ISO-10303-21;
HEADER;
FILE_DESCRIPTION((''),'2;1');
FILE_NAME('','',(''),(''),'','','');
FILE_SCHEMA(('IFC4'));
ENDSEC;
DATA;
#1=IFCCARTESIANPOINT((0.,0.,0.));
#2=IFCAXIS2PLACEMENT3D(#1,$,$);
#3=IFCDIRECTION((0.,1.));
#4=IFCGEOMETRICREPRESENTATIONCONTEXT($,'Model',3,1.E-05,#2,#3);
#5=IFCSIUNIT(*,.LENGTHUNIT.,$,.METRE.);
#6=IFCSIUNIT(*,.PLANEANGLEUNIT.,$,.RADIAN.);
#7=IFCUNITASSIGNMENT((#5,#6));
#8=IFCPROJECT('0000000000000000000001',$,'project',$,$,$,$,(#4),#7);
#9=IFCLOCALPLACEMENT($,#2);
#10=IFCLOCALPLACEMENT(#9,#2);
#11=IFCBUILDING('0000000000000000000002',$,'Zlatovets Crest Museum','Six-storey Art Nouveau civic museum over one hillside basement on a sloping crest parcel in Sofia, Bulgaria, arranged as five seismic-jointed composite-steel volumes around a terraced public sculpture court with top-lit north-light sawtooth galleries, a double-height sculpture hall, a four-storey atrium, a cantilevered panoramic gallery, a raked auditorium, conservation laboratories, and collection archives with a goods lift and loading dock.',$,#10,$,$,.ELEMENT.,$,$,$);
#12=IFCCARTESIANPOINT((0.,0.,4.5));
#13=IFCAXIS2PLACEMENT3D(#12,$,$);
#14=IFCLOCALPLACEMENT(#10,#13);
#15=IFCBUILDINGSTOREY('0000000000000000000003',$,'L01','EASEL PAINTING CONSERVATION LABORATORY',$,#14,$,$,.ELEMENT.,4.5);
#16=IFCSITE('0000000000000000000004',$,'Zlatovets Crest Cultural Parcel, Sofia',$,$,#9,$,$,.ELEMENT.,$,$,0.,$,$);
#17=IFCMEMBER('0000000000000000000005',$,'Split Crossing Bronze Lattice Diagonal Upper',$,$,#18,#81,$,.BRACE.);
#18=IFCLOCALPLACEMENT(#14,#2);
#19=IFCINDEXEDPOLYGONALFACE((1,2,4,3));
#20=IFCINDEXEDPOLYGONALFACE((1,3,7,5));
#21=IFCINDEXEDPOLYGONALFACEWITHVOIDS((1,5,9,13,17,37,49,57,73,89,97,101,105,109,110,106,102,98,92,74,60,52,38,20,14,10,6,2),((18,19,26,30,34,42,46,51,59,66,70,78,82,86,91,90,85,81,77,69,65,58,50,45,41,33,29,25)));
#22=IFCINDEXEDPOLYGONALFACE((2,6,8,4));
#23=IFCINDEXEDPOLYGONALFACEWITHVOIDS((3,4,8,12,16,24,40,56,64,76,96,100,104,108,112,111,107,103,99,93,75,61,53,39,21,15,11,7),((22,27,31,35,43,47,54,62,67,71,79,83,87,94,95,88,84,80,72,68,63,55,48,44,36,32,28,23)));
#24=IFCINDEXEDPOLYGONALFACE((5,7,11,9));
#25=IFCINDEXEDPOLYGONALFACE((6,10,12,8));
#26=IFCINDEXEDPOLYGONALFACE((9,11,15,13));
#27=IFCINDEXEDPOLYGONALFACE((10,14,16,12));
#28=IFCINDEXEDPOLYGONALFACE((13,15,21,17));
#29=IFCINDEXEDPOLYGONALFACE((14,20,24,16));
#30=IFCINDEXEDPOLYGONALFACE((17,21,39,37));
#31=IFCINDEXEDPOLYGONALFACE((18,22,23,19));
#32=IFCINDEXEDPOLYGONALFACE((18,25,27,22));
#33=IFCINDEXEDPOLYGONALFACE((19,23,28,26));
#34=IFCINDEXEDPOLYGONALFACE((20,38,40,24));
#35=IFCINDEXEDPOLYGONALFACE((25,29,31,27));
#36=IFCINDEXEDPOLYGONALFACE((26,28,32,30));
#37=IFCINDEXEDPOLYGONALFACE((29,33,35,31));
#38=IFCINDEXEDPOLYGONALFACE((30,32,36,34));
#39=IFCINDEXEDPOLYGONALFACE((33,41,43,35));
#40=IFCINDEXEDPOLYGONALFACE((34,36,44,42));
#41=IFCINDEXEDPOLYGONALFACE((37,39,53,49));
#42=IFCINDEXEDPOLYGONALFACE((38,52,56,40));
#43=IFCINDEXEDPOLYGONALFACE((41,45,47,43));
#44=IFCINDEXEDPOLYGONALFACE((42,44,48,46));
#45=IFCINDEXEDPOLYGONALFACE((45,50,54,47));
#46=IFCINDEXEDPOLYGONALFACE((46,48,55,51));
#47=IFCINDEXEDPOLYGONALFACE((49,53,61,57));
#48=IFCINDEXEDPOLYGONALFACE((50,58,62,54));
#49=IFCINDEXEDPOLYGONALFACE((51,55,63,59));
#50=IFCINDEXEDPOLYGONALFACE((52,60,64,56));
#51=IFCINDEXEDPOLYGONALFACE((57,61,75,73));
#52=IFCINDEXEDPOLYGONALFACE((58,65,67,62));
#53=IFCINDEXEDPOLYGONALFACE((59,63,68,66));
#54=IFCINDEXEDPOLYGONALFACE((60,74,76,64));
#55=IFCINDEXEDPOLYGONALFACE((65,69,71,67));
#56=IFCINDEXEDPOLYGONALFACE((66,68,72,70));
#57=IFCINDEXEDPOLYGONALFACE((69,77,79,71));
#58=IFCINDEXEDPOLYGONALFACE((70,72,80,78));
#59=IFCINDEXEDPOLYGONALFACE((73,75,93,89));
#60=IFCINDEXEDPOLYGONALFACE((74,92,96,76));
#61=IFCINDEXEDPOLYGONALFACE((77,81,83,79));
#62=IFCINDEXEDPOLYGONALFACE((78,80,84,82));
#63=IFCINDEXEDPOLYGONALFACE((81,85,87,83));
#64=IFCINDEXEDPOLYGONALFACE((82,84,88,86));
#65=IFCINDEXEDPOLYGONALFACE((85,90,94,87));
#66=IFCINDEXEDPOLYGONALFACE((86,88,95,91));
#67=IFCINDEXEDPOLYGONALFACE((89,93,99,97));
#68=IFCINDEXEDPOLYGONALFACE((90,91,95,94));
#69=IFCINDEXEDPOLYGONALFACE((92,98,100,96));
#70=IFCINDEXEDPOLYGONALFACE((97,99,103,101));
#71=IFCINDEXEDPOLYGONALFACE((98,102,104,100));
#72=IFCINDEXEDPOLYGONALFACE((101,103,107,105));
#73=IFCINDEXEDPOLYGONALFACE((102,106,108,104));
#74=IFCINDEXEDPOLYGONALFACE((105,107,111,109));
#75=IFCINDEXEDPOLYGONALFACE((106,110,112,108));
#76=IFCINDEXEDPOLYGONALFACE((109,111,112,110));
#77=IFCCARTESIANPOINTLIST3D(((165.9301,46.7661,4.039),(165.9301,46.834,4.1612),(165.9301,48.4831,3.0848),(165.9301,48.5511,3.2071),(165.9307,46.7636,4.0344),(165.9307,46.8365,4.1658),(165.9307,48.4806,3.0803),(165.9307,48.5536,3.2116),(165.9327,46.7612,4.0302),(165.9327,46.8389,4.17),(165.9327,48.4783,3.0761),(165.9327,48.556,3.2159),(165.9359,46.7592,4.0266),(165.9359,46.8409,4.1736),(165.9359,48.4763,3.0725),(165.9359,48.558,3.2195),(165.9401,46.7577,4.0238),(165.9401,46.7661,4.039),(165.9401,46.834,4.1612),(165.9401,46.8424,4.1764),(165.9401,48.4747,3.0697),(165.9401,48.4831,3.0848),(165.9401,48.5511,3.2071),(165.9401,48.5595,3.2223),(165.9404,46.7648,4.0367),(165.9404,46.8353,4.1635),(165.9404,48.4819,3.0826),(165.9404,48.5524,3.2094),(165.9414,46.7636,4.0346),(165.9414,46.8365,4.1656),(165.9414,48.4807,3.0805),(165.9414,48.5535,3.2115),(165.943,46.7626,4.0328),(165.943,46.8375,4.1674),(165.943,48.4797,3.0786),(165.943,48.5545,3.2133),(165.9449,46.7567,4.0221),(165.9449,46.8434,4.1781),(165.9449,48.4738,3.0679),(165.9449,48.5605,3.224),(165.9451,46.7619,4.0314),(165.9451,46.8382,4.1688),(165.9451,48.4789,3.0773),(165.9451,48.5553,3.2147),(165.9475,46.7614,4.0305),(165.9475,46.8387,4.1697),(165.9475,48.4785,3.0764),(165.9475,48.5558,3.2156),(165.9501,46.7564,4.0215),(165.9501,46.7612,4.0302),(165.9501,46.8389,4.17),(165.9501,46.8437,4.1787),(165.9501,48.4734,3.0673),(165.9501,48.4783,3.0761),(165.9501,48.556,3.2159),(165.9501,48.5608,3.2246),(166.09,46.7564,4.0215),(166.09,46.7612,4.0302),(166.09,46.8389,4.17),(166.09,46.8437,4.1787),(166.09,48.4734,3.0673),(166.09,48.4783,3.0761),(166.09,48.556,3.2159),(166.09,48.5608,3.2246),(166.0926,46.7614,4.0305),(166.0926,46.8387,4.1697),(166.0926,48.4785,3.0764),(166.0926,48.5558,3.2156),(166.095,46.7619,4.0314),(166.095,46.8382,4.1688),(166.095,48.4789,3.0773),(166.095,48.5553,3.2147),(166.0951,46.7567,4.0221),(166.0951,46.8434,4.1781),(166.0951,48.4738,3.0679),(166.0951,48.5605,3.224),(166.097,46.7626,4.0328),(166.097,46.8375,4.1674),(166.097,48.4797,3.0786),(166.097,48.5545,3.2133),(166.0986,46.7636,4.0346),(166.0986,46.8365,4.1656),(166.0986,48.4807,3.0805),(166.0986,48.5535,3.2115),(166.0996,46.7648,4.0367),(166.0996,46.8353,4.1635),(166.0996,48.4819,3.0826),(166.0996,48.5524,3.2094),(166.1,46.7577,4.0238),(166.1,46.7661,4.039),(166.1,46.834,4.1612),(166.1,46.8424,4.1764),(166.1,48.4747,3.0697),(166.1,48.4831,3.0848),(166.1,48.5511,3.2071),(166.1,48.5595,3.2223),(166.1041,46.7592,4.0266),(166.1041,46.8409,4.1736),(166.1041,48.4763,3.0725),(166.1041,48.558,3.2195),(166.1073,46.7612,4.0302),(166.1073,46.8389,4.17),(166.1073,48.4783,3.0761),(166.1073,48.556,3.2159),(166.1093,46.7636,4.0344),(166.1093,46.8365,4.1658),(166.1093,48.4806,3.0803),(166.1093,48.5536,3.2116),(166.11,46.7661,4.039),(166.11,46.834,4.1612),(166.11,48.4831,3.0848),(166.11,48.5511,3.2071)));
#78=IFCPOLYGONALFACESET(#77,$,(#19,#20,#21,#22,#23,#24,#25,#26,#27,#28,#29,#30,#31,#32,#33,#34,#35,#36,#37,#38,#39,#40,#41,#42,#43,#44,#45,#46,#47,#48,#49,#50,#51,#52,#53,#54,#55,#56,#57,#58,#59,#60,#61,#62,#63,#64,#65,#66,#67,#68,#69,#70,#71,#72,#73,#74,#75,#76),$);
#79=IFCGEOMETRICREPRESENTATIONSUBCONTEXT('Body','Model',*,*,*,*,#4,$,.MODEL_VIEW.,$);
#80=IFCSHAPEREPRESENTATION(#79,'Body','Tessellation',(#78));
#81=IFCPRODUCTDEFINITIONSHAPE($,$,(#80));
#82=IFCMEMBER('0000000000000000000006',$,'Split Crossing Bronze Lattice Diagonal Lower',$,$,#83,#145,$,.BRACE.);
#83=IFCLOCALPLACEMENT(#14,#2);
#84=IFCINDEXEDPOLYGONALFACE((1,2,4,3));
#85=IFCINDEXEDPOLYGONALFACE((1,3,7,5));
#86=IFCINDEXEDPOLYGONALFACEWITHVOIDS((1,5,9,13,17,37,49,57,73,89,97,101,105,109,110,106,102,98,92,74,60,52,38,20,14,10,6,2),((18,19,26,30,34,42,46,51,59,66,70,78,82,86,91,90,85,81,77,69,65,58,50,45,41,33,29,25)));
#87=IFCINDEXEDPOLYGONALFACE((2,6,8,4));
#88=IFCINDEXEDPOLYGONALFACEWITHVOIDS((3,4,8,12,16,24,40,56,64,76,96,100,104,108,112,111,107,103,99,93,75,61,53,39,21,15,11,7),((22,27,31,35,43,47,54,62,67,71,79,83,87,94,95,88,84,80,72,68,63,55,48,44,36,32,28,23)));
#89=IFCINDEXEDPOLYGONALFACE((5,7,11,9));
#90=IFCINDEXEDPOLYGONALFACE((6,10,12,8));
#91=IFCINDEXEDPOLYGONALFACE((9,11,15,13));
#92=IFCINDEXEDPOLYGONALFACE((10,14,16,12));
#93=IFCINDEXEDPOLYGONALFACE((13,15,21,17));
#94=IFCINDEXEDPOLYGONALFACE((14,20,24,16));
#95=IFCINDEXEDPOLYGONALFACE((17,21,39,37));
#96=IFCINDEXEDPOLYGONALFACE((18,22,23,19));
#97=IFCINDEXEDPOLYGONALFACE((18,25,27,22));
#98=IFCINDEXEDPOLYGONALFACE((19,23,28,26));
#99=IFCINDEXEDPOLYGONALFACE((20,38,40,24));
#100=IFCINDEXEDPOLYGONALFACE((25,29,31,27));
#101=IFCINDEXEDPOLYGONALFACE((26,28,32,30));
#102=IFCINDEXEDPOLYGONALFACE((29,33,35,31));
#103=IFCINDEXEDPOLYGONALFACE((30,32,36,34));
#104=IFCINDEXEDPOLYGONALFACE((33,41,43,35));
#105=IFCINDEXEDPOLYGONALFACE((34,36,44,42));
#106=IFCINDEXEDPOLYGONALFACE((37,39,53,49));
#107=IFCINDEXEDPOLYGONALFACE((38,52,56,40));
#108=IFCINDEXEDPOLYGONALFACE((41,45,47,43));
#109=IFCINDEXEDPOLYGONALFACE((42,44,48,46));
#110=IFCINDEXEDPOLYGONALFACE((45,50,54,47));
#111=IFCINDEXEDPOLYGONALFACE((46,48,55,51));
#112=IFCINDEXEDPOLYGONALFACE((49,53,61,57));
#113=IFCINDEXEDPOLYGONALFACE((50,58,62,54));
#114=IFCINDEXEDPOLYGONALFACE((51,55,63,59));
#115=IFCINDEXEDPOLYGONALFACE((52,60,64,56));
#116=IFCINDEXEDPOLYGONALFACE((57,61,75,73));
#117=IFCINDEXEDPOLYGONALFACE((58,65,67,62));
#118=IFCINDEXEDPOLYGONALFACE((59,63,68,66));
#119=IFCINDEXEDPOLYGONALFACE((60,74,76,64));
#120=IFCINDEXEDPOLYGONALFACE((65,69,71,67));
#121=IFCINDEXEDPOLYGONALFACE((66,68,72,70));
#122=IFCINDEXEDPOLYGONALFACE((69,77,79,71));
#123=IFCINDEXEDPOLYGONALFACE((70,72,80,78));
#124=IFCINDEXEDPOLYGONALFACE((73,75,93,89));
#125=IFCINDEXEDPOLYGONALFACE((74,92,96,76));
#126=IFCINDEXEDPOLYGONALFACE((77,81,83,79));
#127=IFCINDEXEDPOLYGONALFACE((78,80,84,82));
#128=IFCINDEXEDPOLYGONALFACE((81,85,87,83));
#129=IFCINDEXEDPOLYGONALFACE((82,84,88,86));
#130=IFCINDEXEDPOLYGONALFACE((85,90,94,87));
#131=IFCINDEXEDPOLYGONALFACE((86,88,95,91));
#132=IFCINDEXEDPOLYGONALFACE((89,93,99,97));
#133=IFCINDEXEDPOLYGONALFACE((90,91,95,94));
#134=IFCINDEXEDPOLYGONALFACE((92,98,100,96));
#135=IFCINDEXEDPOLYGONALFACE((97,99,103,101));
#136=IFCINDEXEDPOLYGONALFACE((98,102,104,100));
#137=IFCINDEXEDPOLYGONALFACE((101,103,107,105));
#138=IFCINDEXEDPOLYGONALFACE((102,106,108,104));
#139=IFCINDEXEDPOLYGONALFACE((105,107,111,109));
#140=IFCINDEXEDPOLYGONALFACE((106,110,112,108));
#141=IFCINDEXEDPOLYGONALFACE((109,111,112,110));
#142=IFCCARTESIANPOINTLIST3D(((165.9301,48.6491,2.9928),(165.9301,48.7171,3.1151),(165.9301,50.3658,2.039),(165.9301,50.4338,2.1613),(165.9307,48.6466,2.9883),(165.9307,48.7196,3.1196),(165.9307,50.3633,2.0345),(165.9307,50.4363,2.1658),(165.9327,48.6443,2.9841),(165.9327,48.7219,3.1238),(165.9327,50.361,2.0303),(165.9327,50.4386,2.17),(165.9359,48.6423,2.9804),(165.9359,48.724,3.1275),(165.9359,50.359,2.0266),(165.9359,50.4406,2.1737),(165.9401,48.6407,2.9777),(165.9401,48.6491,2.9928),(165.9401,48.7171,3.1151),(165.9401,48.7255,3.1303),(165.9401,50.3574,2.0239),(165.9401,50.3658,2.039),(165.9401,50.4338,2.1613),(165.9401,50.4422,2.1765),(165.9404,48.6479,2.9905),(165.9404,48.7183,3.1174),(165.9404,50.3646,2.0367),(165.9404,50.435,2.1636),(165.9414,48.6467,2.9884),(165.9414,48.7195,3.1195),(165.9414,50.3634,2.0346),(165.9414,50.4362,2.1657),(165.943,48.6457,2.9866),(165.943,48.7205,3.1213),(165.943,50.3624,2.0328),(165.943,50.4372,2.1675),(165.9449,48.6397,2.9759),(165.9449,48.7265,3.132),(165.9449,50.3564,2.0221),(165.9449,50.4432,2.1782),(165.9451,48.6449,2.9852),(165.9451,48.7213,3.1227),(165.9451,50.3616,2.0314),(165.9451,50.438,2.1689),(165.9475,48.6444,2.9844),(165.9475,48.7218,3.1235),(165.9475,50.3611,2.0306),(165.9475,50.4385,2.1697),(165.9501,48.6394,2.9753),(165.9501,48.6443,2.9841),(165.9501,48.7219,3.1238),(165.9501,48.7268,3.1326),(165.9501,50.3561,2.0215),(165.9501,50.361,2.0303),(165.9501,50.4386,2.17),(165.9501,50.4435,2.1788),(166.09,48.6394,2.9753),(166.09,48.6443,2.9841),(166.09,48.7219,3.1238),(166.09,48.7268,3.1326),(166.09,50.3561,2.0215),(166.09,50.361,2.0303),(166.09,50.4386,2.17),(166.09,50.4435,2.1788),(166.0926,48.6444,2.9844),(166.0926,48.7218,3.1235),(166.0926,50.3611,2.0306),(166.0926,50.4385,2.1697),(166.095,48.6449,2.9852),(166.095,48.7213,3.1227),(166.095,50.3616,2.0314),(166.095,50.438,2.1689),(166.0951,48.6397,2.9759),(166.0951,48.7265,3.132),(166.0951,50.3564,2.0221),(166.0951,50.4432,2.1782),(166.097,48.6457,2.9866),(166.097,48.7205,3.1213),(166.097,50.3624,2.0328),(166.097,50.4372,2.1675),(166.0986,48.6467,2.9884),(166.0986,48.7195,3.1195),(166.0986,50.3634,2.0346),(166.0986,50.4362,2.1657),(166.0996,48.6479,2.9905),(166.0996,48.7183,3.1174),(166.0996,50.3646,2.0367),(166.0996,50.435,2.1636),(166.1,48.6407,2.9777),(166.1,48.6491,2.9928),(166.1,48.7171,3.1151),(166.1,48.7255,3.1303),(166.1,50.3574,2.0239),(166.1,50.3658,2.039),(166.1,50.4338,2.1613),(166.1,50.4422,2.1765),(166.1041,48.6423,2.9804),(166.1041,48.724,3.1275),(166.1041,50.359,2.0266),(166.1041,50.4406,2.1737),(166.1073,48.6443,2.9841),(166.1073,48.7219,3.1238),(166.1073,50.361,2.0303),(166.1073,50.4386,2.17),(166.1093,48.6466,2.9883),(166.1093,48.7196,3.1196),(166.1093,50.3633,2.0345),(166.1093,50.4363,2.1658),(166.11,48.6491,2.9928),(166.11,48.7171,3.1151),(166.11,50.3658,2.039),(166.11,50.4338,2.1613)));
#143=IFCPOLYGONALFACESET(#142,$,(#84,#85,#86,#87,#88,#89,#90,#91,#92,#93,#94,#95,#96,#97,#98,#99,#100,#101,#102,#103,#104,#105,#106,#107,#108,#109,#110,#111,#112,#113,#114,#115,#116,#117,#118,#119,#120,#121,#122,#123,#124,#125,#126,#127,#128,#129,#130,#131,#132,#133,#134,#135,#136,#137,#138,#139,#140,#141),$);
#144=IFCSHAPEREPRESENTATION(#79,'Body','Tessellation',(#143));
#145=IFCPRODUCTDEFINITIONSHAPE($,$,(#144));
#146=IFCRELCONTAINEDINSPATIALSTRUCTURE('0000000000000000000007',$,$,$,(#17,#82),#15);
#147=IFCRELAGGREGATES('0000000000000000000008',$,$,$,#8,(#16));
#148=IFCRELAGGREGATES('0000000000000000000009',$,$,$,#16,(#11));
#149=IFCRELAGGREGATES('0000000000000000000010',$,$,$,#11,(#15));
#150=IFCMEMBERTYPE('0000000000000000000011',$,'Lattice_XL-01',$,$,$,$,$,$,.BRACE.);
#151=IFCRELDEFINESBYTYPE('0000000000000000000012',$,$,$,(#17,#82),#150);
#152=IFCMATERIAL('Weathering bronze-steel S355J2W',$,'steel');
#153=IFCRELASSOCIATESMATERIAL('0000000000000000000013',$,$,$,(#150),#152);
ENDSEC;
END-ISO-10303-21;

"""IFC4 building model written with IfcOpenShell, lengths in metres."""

from ifc_helpers import new_model, si_unit, direction, frame, origin, origin_2d, place, context, subcontext, project, spatial, hollow_rectangle, extrude, material, material_profile, profile_set, type_object, element, save


model = new_model("IFC4")

# Units and contexts
model_context = context("Model", 3, precision=1e-05, world=origin(), true_north=direction((0.0, 1.0)))
body_context = subcontext(model_context, "Body", "Model", "MODEL_VIEW")
ifc_project = project(units=[si_unit("LENGTHUNIT", "METRE"), si_unit("PLANEANGLEUNIT", "RADIAN")], contexts=[model_context])

# Site, building, storey
site_placement = place(None, origin())
site = spatial("IfcSite", under=ifc_project, at=site_placement, Name="Zlatovets Crest Cultural Parcel, Sofia", CompositionType="ELEMENT", RefElevation=0.0)
building_placement = place(site_placement, origin())
building = spatial("IfcBuilding", under=site, at=building_placement, Name="Zlatovets Crest Museum", Description="Six-storey Art Nouveau civic museum over one hillside basement on a sloping crest parcel in Sofia, Bulgaria, arranged as five seismic-jointed composite-steel volumes around a terraced public sculpture court with top-lit north-light sawtooth galleries, a double-height sculpture hall, a four-storey atrium, a cantilevered panoramic gallery, a raked auditorium, conservation laboratories, and collection archives with a goods lift and loading dock.", CompositionType="ELEMENT")
storey_placement = place(building_placement, frame((0.0, 0.0, 4.5)))
storey = spatial("IfcBuildingStorey", under=building, at=storey_placement, Name="L01", Description="EASEL PAINTING CONSERVATION LABORATORY", CompositionType="ELEMENT", Elevation=4.5)

# Members
ifc_material_1 = material(Name="Weathering bronze-steel S355J2W", Category="steel")
ifc_material_profile_1 = material_profile(ifc_material_1, hollow_rectangle(XDim=0.1799, YDim=0.1799, WallThickness=0.01, InnerFilletRadius=0.01, OuterFilletRadius=0.02, at=origin_2d()), Name="SHS 180x180x10.0")
ifc_profile_set_1 = profile_set([ifc_material_profile_1], Name="Weathering bronze-steel S355J2W")
member_type_1 = type_object("IfcMemberType", Name="Lattice_XL-01", PredefinedType="BRACE", material=ifc_profile_set_1)
member_1_placement = place(storey_placement, frame((166.02, 46.8, 4.1001), z_axis=(0.0, 0.874116, -0.485717), x_axis=(-1.0, 0.0, 0.0)))
element("IfcMember", 1, at=member_1_placement, inside=storey, type_object=member_type_1, Name="Split Crossing Bronze Lattice Diagonal Upper", PredefinedType="BRACE", context=body_context, shape_type="SweptSolid", body=[
    extrude(hollow_rectangle(XDim=0.1799, YDim=0.1799, WallThickness=0.01, InnerFilletRadius=0.01, OuterFilletRadius=0.02, at=origin_2d()), origin(), (0.0, 0.0, 1.0), 1.9644),
])
member_2_placement = place(storey_placement, frame((166.02, 48.6831, 3.054), z_axis=(0.0, 0.87414, -0.485675), x_axis=(-1.0, 0.0, 0.0)))
element("IfcMember", 2, at=member_2_placement, inside=storey, type_object=member_type_1, Name="Split Crossing Bronze Lattice Diagonal Lower", PredefinedType="BRACE", context=body_context, shape_type="SweptSolid", body=[
    extrude(hollow_rectangle(XDim=0.1799, YDim=0.1799, WallThickness=0.01, InnerFilletRadius=0.01, OuterFilletRadius=0.02, at=origin_2d()), origin(), (0.0, 0.0, 1.0), 1.9639),
])

save(model, "model.ifc")
